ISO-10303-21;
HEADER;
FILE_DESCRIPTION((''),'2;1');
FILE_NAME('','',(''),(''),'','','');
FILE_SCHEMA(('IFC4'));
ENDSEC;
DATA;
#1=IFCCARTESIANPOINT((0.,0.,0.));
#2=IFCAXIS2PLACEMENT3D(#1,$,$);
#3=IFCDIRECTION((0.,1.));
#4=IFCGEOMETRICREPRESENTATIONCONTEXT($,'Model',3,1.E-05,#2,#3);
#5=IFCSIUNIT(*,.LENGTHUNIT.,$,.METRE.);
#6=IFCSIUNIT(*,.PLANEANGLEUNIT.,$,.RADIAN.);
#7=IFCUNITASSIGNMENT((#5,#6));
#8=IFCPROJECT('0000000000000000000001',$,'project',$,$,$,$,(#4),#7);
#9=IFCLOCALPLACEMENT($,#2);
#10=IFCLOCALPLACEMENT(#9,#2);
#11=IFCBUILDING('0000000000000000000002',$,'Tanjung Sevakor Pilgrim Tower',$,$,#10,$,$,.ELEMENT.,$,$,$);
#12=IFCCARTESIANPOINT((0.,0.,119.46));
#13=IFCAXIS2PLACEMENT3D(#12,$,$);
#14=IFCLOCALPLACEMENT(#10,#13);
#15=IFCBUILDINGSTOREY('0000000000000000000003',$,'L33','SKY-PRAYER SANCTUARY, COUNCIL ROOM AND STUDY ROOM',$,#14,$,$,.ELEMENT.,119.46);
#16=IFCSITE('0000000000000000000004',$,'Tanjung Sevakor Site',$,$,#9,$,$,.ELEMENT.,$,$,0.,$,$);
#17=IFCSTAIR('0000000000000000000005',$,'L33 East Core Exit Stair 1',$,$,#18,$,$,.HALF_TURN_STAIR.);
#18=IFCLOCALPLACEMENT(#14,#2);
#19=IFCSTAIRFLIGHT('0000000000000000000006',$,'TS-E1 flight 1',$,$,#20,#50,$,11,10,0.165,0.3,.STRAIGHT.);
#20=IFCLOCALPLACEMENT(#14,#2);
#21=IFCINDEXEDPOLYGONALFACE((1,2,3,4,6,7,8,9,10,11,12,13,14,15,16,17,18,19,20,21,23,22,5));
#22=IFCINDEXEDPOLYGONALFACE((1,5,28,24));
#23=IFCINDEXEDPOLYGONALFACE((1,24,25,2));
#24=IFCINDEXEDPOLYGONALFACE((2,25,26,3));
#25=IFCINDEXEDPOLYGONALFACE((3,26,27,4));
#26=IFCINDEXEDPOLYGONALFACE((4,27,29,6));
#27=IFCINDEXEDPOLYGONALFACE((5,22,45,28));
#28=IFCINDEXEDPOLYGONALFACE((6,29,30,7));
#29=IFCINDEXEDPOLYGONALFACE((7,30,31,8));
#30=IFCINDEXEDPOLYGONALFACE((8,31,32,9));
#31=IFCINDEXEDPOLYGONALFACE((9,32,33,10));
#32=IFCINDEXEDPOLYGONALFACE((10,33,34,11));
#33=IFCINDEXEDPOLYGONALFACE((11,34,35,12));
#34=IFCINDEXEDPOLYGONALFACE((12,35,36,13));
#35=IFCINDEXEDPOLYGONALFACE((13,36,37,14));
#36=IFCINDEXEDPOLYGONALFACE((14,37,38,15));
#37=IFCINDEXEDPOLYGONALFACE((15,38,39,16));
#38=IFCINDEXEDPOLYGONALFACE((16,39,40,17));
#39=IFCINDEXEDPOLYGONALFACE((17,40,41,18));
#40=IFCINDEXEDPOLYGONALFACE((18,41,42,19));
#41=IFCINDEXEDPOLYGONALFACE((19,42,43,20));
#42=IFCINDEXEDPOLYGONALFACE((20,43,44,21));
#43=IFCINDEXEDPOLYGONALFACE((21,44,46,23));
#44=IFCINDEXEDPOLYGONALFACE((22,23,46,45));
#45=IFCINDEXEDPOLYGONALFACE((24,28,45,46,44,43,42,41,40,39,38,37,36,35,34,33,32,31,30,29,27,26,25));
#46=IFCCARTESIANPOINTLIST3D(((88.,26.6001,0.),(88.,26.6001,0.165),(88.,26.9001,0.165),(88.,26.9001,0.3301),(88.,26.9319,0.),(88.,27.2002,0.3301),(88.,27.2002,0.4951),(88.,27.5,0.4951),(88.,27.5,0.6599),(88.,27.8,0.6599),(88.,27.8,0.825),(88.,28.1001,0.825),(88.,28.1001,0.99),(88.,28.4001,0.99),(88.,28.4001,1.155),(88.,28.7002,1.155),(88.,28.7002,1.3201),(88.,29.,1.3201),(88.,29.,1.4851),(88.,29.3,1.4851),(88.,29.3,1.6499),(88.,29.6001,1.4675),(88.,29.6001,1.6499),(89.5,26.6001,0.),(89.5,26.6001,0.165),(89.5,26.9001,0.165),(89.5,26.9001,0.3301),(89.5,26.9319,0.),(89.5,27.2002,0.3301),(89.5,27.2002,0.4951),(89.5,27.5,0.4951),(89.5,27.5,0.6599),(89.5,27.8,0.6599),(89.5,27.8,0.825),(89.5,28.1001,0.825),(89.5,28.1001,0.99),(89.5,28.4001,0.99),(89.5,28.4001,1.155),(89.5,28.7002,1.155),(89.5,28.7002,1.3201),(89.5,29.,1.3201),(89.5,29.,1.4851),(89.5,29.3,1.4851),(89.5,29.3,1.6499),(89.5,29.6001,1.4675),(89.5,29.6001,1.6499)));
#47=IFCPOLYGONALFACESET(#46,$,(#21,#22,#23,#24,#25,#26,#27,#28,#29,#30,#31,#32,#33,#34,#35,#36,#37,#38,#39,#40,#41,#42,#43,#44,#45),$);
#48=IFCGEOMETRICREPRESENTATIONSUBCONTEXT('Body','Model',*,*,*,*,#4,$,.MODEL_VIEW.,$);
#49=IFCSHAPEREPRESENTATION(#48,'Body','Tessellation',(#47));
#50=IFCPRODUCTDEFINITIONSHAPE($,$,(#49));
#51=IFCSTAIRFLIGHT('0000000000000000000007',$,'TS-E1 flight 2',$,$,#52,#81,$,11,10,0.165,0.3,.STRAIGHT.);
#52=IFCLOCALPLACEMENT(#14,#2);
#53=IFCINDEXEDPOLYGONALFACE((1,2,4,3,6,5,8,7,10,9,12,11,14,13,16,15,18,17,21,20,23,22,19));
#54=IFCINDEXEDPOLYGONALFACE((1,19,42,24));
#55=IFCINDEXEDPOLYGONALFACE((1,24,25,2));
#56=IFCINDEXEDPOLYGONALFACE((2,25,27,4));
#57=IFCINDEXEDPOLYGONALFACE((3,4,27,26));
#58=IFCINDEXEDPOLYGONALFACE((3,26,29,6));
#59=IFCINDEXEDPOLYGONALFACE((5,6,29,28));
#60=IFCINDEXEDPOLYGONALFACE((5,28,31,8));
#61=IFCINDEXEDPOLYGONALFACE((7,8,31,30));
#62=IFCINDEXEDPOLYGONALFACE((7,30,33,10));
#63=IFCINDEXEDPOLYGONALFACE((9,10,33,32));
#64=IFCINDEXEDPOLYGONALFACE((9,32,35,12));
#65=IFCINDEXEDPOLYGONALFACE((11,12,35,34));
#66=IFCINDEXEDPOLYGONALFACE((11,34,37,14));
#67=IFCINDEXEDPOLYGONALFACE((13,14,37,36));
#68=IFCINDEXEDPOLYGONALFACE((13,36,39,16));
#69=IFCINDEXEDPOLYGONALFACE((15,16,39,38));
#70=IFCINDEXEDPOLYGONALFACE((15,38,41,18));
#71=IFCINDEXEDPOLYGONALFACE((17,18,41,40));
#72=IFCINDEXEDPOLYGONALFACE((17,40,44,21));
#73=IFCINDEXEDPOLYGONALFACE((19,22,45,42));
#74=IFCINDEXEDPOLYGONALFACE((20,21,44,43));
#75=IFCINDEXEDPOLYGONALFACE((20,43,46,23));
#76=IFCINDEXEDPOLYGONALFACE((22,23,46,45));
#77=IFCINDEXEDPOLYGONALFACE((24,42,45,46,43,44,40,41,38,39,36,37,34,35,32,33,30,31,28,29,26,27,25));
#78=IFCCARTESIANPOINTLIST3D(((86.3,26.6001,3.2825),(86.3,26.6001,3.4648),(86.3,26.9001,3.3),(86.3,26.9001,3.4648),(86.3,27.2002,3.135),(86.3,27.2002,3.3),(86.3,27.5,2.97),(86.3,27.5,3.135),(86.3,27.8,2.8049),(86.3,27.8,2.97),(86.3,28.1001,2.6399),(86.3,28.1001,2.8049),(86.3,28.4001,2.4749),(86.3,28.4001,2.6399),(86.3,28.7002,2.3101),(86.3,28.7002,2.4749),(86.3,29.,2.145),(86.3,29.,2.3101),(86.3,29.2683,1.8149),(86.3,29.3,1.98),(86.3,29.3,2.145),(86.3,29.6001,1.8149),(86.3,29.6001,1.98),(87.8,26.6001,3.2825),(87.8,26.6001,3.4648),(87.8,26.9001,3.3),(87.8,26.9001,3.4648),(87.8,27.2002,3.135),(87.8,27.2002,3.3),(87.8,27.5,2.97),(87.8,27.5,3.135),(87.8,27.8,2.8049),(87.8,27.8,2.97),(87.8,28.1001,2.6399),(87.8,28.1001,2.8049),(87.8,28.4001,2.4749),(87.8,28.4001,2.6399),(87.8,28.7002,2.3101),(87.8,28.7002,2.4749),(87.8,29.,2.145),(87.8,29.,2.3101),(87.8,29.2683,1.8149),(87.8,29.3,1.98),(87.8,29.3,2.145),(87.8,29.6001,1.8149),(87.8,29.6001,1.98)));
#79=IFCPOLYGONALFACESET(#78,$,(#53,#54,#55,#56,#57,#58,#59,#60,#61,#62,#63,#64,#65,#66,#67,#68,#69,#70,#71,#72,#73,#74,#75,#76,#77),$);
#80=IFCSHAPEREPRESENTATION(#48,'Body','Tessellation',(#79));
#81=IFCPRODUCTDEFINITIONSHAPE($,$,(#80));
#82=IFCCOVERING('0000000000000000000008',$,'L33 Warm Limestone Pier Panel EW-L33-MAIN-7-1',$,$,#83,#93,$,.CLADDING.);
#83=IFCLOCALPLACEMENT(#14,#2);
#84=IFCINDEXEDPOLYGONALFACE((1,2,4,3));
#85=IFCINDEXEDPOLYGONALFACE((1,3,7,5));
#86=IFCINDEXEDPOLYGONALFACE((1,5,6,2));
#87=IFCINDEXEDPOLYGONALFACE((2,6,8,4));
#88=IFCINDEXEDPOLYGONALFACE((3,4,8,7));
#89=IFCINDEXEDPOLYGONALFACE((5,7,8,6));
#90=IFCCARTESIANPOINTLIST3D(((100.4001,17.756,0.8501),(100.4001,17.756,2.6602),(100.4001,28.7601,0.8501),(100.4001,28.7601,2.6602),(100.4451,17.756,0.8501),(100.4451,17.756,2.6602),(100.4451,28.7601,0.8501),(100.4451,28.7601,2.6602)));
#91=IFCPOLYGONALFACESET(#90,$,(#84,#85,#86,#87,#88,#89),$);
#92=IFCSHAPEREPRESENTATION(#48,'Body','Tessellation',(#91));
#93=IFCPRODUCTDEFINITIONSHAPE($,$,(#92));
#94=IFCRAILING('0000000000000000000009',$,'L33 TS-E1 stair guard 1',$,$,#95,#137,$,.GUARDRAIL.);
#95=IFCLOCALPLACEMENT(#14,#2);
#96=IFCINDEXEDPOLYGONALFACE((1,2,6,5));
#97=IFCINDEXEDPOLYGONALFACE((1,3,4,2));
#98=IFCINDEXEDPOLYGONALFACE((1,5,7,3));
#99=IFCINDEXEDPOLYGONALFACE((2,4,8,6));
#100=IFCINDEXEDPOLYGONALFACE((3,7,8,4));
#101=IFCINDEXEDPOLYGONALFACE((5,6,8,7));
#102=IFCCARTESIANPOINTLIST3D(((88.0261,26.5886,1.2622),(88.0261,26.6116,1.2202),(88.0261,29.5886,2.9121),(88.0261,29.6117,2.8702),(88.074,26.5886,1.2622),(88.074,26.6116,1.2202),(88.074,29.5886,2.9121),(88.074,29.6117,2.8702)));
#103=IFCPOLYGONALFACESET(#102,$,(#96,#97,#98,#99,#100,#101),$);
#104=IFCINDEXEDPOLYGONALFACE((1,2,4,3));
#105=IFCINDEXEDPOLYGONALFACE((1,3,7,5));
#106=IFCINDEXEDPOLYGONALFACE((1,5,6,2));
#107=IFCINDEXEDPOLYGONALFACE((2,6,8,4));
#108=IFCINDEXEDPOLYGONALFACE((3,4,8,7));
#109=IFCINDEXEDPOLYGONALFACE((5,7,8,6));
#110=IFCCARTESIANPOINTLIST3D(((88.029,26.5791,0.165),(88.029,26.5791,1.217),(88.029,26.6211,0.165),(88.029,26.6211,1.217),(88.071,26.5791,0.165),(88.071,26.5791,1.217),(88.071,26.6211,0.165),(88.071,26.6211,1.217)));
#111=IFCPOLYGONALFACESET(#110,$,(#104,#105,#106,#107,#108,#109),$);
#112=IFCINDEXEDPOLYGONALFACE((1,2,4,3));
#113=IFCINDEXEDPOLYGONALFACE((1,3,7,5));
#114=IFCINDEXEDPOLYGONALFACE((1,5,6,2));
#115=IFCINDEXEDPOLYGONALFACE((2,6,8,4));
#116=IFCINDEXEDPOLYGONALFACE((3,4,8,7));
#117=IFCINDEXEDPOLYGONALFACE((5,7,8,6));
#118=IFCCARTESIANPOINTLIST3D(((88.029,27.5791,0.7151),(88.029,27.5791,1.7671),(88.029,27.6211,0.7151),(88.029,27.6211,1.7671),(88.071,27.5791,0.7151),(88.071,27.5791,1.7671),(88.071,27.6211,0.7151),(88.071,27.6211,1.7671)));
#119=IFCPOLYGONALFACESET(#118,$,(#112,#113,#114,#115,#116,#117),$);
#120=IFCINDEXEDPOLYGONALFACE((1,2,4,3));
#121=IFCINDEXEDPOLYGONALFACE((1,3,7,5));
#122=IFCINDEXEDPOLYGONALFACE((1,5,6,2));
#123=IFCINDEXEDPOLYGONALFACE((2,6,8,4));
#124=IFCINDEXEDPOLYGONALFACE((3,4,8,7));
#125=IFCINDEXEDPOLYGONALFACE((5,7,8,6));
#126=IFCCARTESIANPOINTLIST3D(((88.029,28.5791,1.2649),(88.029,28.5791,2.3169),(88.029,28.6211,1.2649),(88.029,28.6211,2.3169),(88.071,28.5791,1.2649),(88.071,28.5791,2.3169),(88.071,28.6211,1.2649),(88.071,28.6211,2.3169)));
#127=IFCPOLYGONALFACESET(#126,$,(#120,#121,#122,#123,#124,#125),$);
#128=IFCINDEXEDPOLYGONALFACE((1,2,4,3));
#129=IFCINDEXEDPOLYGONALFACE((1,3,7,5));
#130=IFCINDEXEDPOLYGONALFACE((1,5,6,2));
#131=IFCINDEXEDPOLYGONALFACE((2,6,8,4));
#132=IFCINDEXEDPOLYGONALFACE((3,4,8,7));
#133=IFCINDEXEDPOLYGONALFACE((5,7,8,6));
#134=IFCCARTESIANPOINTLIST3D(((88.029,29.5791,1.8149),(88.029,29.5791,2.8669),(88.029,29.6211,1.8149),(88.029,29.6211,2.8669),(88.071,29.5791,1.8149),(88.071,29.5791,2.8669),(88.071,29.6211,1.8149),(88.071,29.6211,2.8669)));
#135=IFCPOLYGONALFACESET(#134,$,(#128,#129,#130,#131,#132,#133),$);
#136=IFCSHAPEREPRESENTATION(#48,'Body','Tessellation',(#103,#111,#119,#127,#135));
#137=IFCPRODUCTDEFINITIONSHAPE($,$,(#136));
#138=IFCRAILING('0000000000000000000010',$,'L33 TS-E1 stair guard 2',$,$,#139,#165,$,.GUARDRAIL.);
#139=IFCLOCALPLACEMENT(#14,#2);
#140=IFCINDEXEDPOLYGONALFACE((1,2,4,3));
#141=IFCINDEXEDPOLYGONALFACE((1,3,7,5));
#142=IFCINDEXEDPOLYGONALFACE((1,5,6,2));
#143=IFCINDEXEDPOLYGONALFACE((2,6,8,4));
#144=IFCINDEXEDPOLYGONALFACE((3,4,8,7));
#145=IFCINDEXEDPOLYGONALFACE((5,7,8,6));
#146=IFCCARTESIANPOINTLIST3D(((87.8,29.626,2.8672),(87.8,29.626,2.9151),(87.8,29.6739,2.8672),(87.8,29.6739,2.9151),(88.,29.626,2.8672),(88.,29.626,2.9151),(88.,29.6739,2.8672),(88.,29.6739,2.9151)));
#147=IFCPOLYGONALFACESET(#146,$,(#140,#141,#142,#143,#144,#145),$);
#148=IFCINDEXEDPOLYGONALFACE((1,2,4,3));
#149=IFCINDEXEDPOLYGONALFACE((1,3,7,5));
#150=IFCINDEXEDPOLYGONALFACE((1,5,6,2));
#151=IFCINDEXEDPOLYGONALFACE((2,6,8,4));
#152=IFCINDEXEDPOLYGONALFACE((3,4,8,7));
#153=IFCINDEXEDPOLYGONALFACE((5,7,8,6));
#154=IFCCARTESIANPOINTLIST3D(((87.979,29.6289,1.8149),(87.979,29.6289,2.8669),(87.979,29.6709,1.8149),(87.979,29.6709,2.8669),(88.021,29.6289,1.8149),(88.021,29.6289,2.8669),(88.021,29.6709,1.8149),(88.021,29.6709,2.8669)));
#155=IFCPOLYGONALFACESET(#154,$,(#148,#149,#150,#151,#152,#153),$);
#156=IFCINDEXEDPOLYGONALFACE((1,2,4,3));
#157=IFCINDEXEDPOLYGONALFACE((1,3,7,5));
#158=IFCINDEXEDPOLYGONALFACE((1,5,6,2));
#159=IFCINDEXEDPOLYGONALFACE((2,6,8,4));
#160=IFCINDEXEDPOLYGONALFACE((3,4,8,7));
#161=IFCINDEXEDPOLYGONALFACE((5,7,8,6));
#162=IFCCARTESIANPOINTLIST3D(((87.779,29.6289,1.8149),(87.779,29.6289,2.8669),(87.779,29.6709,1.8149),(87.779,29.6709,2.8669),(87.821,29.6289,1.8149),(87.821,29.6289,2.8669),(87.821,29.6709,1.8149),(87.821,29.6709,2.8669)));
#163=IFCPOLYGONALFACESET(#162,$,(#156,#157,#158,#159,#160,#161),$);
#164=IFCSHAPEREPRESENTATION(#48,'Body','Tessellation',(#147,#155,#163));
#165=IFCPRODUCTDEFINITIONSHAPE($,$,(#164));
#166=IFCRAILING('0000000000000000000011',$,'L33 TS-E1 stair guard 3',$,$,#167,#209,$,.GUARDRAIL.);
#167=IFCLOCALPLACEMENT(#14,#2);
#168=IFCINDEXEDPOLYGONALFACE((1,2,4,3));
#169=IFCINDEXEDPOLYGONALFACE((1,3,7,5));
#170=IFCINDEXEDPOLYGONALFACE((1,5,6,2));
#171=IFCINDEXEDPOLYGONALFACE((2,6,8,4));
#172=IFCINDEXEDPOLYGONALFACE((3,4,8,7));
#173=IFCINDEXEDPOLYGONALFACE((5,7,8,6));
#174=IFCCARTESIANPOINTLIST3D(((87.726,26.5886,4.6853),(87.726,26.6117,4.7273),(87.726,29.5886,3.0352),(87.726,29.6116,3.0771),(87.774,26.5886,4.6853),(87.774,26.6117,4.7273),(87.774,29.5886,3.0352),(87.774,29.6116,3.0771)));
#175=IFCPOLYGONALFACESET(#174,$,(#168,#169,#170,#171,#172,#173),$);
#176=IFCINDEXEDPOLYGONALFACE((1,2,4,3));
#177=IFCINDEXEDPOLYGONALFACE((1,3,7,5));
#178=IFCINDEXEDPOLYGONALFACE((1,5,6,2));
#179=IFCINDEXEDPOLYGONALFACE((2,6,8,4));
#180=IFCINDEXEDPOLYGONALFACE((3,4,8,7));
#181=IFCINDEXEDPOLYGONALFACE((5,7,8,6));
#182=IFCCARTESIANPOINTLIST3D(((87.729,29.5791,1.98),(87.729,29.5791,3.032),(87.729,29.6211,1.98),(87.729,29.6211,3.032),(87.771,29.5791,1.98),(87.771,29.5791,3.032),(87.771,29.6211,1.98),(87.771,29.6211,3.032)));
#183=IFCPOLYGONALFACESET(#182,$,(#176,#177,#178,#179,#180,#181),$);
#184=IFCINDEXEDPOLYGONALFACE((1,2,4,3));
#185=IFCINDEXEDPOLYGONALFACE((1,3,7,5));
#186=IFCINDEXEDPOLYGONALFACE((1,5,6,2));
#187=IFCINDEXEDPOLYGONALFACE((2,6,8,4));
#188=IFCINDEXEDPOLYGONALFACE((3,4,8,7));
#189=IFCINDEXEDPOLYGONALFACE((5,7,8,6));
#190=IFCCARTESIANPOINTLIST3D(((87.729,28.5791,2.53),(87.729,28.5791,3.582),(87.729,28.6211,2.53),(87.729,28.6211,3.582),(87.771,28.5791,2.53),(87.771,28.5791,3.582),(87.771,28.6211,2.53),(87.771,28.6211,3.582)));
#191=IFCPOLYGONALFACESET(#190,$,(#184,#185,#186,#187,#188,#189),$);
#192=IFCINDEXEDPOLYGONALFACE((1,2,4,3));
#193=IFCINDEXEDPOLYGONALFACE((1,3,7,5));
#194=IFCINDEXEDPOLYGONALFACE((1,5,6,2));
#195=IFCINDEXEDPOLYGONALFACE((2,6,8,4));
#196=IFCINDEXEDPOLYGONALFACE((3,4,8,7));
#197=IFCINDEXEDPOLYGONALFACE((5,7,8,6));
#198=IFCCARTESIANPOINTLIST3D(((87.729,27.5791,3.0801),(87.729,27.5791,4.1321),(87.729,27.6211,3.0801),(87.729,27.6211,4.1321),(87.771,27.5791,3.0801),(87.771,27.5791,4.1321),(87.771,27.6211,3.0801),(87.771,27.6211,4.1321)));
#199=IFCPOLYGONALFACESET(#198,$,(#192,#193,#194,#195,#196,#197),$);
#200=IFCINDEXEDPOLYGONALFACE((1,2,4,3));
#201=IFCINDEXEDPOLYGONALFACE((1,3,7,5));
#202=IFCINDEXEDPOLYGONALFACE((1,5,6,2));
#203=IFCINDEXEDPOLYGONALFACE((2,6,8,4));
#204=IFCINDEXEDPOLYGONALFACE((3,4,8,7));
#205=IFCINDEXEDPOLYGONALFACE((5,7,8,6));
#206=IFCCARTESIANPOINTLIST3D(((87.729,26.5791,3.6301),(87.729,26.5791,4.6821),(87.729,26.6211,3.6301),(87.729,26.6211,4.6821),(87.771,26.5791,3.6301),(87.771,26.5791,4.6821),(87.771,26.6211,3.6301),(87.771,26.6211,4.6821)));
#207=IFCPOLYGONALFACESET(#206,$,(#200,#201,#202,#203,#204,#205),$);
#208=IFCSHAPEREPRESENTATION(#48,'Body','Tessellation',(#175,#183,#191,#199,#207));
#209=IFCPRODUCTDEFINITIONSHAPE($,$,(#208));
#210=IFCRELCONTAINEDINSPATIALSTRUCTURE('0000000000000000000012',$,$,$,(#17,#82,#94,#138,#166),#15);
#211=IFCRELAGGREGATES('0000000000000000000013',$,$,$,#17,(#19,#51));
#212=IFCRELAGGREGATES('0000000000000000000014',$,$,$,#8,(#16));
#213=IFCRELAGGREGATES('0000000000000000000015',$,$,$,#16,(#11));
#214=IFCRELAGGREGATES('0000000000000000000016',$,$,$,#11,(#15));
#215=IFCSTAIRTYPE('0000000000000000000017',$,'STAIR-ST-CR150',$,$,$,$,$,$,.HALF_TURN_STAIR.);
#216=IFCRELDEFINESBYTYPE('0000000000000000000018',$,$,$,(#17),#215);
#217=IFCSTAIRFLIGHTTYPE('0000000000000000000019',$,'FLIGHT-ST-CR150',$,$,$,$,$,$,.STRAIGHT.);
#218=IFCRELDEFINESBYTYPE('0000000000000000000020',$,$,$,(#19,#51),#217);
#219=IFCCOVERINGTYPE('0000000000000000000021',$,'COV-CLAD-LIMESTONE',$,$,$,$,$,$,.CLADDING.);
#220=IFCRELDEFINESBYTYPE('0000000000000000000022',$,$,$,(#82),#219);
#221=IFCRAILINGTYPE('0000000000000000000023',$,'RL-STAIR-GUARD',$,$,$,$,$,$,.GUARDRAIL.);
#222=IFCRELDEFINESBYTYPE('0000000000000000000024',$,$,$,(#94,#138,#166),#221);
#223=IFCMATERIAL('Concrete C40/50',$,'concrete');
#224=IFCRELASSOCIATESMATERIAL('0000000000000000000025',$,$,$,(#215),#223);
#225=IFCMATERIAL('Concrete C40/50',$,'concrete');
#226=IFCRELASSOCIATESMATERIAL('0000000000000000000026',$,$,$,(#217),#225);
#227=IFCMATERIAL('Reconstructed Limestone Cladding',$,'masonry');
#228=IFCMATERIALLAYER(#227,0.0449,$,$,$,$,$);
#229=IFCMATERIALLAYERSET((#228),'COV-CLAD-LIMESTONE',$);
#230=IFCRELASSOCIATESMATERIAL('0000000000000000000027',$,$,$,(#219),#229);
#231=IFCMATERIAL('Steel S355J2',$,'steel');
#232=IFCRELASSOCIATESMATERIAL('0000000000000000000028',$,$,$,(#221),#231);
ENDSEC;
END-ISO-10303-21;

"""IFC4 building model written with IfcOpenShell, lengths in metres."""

from ifc_helpers import new_model, si_unit, direction, frame, origin, origin_2d, place, context, subcontext, project, spatial, polyline, rectangle, outline, extrude, material, layer, layer_set, type_object, element, aggregate, save


model = new_model("IFC4")

# Units and contexts
model_context = context("Model", 3, precision=1e-05, world=origin(), true_north=direction((0.0, 1.0)))
body_context = subcontext(model_context, "Body", "Model", "MODEL_VIEW")
ifc_project = project(units=[si_unit("LENGTHUNIT", "METRE"), si_unit("PLANEANGLEUNIT", "RADIAN")], contexts=[model_context])

# Site, building, storey
site_placement = place(None, origin())
site = spatial("IfcSite", under=ifc_project, at=site_placement, Name="Tanjung Sevakor Site", CompositionType="ELEMENT", RefElevation=0.0)
building_placement = place(site_placement, origin())
building = spatial("IfcBuilding", under=site, at=building_placement, Name="Tanjung Sevakor Pilgrim Tower", CompositionType="ELEMENT")
storey_placement = place(building_placement, frame((0.0, 0.0, 119.46)))
storey = spatial("IfcBuildingStorey", under=building, at=storey_placement, Name="L33", Description="SKY-PRAYER SANCTUARY, COUNCIL ROOM AND STUDY ROOM", CompositionType="ELEMENT", Elevation=119.46)

# Stair, stair flights
ifc_material_1 = material(Name="Concrete C40/50", Category="concrete")
stair_type = type_object("IfcStairType", Name="STAIR-ST-CR150", PredefinedType="HALF_TURN_STAIR", material=ifc_material_1)
stair_placement = place(storey_placement, origin())
stair = element("IfcStair", 1, at=stair_placement, inside=storey, type_object=stair_type, Name="L33 East Core Exit Stair 1", PredefinedType="HALF_TURN_STAIR")
ifc_material_2 = material(Name="Concrete C40/50", Category="concrete")
stair_flight_type = type_object("IfcStairFlightType", Name="FLIGHT-ST-CR150", PredefinedType="STRAIGHT", material=ifc_material_2)
stair_flight_1_placement = place(storey_placement, frame((88.75, 26.6001, 0.0), z_axis=(0.0, 0.0, 1.0), x_axis=(0.0, 1.0, 0.0)))
stair_flight_1 = element("IfcStairFlight", 2, at=stair_flight_1_placement, type_object=stair_flight_type, Name="TS-E1 flight 1", NumberOfRisers=11, NumberOfTreads=10, PredefinedType="STRAIGHT", RiserHeight=0.165, TreadLength=0.3, context=body_context, shape_type="SweptSolid", body=[
    extrude(outline(polyline([(0.0, 0.0), (0.0, 0.165), (0.3, 0.165), (0.3, 0.3301), (0.6001, 0.3301), (0.6001, 0.4951), (0.8999, 0.4951), (0.8999, 0.6599), (1.2, 0.6599), (1.2, 0.825), (1.5, 0.825), (1.5, 0.99), (1.8, 0.99), (1.8, 1.155), (2.1001, 1.155), (2.1001, 1.3201), (2.3999, 1.3201), (2.3999, 1.4851), (2.7, 1.4851), (2.7, 1.6499), (3.0, 1.6499), (3.0, 1.8149), (3.0, 1.4675), (0.3318, 0.0), (0.0, 0.0)])), frame((0.0, 0.75, 0.0), z_axis=(0.0, -1.0, 0.0), x_axis=(1.0, 0.0, 0.0)), (0.0, 0.0, 1.0), 1.5),
])
stair_flight_2_placement = place(storey_placement, frame((87.05, 29.6001, 1.8149), z_axis=(0.0, 0.0, 1.0), x_axis=(0.0, -1.0, 0.0)))
stair_flight_2 = element("IfcStairFlight", 3, at=stair_flight_2_placement, type_object=stair_flight_type, Name="TS-E1 flight 2", NumberOfRisers=11, NumberOfTreads=10, PredefinedType="STRAIGHT", RiserHeight=0.165, TreadLength=0.3, context=body_context, shape_type="SweptSolid", body=[
    extrude(outline(polyline([(0.0, 0.0), (0.0, 0.165), (0.3, 0.165), (0.3, 0.3301), (0.6001, 0.3301), (0.6001, 0.4951), (0.8999, 0.4951), (0.8999, 0.6599), (1.2, 0.6599), (1.2, 0.825), (1.5, 0.825), (1.5, 0.99), (1.8, 0.99), (1.8, 1.155), (2.1001, 1.155), (2.1001, 1.3201), (2.3999, 1.3201), (2.3999, 1.4851), (2.7, 1.4851), (2.7, 1.6499), (3.0, 1.6499), (3.0, 1.8149), (3.0, 1.4675), (0.3318, 0.0), (0.0, 0.0)])), frame((0.0, 0.75, 0.0), z_axis=(0.0, -1.0, 0.0), x_axis=(1.0, 0.0, 0.0)), (0.0, 0.0, 1.0), 1.5),
])
aggregate(stair, [stair_flight_1, stair_flight_2])

# Covering
ifc_material_3 = material(Name="Reconstructed Limestone Cladding", Category="masonry")
ifc_layer_1 = layer(ifc_material_3, 0.0449)
ifc_layer_set_1 = layer_set([ifc_layer_1], Name="COV-CLAD-LIMESTONE")
covering_type = type_object("IfcCoveringType", Name="COV-CLAD-LIMESTONE", PredefinedType="CLADDING", material=ifc_layer_set_1)
covering_placement = place(storey_placement, frame((100.4226, 23.2581, 0.8501), z_axis=(0.0, 0.0, 1.0), x_axis=(0.0, 1.0, 0.0)))
element("IfcCovering", 4, at=covering_placement, inside=storey, type_object=covering_type, Name="L33 Warm Limestone Pier Panel EW-L33-MAIN-7-1", PredefinedType="CLADDING", context=body_context, shape_type="SweptSolid", body=[
    extrude(rectangle(XDim=11.0042, YDim=0.0449, at=origin_2d()), origin(), (0.0, 0.0, 1.0), 1.8101),
])

# Railings
ifc_material_4 = material(Name="Steel S355J2", Category="steel")
railing_type_1 = type_object("IfcRailingType", Name="RL-STAIR-GUARD", PredefinedType="GUARDRAIL", material=ifc_material_4)
railing_1_placement = place(storey_placement, frame((88.05, 26.6001, 0.165)))
element("IfcRailing", 5, at=railing_1_placement, inside=storey, type_object=railing_type_1, Name="L33 TS-E1 stair guard 1", PredefinedType="GUARDRAIL", context=body_context, shape_type="SweptSolid", body=[
    extrude(rectangle(XDim=0.0479, YDim=0.0479), frame((0.0, 0.0, 1.0762), z_axis=(0.0, 0.876228, 0.481897), x_axis=(-1.0, 0.0, 0.0)), (0.0, 0.0, 1.0), 3.4238),
    extrude(rectangle(XDim=0.042, YDim=0.042), origin(), (0.0, 0.0, 1.0), 1.052),
    extrude(rectangle(XDim=0.042, YDim=0.042), frame((0.0, 1.0, 0.55)), (0.0, 0.0, 1.0), 1.052),
    extrude(rectangle(XDim=0.042, YDim=0.042), frame((0.0, 2.0, 1.0999)), (0.0, 0.0, 1.0), 1.052),
    extrude(rectangle(XDim=0.042, YDim=0.042), frame((0.0, 3.0, 1.6499)), (0.0, 0.0, 1.0), 1.052),
])
railing_2_placement = place(storey_placement, frame((88.0, 29.6499, 1.8149)))
element("IfcRailing", 6, at=railing_2_placement, inside=storey, type_object=railing_type_1, Name="L33 TS-E1 stair guard 2", PredefinedType="GUARDRAIL", context=body_context, shape_type="SweptSolid", body=[
    extrude(rectangle(XDim=0.0479, YDim=0.0479), frame((0.0, 0.0, 1.0762), z_axis=(-1.0, 0.0, 0.0), x_axis=(0.0, -1.0, 0.0)), (0.0, 0.0, 1.0), 0.2),
    extrude(rectangle(XDim=0.042, YDim=0.042), origin(), (0.0, 0.0, 1.0), 1.052),
    extrude(rectangle(XDim=0.042, YDim=0.042), frame((-0.2, 0.0, 0.0)), (0.0, 0.0, 1.0), 1.052),
])
railing_3_placement = place(storey_placement, frame((87.75, 29.6001, 1.98)))
element("IfcRailing", 7, at=railing_3_placement, inside=storey, type_object=railing_type_1, Name="L33 TS-E1 stair guard 3", PredefinedType="GUARDRAIL", context=body_context, shape_type="SweptSolid", body=[
    extrude(rectangle(XDim=0.0479, YDim=0.0479), frame((0.0, 0.0, 1.0762), z_axis=(0.0, -0.876198, 0.481952), x_axis=(1.0, 0.0, 0.0)), (0.0, 0.0, 1.0), 3.4238),
    extrude(rectangle(XDim=0.042, YDim=0.042), origin(), (0.0, 0.0, 1.0), 1.052),
    extrude(rectangle(XDim=0.042, YDim=0.042), frame((0.0, -1.0, 0.55)), (0.0, 0.0, 1.0), 1.052),
    extrude(rectangle(XDim=0.042, YDim=0.042), frame((0.0, -2.0, 1.1001)), (0.0, 0.0, 1.0), 1.052),
    extrude(rectangle(XDim=0.042, YDim=0.042), frame((0.0, -3.0, 1.6501)), (0.0, 0.0, 1.0), 1.052),
])

save(model, "model.ifc")
